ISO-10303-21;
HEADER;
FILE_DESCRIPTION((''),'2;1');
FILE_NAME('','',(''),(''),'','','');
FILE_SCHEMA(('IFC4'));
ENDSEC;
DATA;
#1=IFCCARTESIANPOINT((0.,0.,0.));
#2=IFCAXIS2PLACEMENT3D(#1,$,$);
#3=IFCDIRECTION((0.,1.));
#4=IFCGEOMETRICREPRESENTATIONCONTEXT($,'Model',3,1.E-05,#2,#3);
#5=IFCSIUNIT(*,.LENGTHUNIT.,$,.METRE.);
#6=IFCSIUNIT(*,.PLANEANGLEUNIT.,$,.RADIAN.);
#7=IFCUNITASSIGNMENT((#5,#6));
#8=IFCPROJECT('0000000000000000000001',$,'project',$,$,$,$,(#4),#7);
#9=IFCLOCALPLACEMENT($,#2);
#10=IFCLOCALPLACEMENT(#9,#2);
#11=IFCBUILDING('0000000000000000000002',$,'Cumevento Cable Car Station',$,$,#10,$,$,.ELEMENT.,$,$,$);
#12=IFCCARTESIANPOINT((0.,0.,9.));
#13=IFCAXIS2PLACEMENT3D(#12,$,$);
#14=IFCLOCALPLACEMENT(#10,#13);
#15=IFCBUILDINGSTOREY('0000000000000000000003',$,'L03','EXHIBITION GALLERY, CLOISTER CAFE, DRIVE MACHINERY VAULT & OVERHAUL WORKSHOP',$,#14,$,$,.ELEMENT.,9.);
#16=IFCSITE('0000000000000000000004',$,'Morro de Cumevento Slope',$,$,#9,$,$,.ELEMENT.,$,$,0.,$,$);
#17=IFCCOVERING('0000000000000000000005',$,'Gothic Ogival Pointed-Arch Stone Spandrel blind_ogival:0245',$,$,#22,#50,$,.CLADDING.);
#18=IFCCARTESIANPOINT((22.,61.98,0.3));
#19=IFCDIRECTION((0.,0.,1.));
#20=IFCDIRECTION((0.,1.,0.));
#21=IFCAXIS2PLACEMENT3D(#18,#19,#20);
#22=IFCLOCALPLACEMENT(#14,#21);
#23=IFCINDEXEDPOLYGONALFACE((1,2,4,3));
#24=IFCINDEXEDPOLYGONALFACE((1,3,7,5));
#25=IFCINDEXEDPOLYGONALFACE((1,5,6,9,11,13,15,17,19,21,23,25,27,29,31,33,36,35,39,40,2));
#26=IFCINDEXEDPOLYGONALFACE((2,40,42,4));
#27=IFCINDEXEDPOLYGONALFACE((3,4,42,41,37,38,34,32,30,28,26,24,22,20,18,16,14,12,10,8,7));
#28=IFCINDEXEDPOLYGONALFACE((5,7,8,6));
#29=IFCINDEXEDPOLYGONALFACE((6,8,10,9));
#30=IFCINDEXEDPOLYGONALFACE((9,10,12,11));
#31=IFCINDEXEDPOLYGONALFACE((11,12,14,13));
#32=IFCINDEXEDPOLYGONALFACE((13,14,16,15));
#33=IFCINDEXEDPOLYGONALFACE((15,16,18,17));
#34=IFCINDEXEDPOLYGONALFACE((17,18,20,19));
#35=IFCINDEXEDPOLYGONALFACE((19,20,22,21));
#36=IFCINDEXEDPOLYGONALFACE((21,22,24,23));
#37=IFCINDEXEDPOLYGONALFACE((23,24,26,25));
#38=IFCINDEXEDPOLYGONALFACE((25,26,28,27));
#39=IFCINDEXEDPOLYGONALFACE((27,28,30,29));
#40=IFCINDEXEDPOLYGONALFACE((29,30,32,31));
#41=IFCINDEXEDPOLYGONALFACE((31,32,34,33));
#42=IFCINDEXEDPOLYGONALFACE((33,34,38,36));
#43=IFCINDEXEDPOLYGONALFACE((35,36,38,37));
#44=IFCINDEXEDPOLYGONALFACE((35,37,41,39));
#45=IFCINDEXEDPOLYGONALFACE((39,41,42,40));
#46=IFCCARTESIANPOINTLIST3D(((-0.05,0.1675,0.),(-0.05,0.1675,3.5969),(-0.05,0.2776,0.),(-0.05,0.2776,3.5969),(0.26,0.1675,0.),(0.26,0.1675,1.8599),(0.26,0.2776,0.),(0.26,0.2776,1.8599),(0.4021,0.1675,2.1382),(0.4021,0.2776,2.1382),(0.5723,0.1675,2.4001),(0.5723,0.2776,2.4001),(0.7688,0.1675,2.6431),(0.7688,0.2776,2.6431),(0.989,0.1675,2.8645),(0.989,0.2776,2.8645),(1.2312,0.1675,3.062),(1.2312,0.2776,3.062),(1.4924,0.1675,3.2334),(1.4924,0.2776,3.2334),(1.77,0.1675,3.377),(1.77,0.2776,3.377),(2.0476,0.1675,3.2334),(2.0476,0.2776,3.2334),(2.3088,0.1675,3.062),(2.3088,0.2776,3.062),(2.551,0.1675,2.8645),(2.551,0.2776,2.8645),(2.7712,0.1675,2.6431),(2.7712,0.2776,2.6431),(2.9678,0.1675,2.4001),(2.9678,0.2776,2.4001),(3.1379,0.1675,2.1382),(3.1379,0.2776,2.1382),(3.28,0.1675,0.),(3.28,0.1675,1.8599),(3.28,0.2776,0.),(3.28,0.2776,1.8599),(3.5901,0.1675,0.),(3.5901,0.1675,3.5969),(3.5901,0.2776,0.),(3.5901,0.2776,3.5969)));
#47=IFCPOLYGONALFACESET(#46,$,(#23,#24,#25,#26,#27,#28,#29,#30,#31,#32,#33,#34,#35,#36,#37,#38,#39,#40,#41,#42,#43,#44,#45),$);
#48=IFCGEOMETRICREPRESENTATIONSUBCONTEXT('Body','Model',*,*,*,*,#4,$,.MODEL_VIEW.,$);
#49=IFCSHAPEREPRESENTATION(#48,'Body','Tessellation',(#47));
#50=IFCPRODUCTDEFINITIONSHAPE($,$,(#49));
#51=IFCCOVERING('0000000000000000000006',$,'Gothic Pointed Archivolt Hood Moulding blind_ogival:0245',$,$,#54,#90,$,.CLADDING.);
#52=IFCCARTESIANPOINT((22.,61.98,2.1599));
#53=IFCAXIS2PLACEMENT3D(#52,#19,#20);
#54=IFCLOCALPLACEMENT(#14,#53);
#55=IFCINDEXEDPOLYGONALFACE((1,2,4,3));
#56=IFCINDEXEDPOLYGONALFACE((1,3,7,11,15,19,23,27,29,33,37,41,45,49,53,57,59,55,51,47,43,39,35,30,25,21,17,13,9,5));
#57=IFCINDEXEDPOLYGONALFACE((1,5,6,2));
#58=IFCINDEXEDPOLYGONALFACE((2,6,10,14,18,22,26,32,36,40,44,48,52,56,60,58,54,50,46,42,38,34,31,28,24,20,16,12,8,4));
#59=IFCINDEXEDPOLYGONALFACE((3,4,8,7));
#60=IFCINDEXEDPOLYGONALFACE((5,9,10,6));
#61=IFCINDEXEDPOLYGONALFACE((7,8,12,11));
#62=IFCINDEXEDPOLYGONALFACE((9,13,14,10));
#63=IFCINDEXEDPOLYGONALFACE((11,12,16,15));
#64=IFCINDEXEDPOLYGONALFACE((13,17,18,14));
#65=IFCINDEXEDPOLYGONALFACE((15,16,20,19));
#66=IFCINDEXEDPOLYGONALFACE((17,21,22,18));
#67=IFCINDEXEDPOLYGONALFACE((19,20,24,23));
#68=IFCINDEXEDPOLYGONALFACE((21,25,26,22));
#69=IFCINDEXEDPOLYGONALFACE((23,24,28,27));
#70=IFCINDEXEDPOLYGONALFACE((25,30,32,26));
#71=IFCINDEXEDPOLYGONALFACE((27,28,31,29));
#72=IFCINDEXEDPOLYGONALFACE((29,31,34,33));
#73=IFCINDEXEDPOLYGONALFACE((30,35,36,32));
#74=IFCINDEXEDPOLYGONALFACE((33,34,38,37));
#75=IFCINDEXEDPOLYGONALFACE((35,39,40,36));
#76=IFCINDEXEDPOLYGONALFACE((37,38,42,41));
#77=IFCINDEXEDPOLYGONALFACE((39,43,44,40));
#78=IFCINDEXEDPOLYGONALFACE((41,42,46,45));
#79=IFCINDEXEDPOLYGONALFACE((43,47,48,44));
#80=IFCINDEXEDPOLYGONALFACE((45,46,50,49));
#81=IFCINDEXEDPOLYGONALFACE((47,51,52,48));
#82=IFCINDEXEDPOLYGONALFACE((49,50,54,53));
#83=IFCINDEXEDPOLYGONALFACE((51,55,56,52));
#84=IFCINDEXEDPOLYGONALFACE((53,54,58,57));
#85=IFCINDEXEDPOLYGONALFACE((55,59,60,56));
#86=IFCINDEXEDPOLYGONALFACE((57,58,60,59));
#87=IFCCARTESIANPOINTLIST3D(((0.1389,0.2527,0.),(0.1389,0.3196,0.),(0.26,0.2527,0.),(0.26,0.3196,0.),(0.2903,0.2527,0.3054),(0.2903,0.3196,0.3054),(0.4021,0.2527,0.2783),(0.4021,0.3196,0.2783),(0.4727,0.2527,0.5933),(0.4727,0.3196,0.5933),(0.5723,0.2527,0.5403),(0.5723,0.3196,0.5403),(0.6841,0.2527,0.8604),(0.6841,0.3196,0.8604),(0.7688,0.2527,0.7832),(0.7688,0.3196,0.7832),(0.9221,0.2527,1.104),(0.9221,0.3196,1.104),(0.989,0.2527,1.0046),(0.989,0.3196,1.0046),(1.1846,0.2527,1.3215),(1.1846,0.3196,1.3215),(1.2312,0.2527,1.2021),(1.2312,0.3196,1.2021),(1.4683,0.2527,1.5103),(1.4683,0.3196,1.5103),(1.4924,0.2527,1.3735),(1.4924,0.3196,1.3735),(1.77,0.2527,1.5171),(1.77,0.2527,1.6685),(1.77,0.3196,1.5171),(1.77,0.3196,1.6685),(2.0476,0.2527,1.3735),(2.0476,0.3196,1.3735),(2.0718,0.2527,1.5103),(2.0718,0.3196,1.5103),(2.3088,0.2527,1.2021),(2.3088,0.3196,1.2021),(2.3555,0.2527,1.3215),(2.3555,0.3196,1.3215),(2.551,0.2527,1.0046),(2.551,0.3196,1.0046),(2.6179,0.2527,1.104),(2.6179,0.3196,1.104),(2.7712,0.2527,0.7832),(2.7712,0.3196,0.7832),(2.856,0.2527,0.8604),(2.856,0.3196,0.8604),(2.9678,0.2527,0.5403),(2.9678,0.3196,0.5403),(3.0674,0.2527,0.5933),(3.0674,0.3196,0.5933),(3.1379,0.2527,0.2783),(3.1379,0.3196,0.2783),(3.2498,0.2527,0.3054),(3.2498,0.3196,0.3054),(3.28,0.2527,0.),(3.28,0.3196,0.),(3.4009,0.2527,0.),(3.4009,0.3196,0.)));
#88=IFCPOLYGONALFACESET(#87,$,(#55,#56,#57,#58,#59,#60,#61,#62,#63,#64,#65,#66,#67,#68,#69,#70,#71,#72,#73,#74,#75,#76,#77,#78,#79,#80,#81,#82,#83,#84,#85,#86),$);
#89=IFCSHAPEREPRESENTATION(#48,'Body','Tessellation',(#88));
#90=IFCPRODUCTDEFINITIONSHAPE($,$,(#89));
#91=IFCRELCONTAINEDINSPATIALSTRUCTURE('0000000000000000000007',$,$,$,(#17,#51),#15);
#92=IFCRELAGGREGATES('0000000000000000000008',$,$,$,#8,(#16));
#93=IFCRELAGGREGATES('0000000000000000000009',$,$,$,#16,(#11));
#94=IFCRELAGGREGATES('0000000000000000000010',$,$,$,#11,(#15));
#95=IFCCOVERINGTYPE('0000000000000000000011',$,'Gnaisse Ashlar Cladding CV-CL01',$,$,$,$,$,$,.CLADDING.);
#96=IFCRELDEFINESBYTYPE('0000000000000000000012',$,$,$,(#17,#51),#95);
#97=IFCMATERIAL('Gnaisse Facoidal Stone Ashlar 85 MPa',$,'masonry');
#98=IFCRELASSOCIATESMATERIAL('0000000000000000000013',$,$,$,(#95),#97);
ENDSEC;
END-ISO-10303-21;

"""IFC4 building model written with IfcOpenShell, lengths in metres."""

from ifc_helpers import new_model, si_unit, direction, frame, origin, place, context, subcontext, project, spatial, polyline, outline, extrude, material, type_object, element, save


model = new_model("IFC4")

# Units and contexts
model_context = context("Model", 3, precision=1e-05, world=origin(), true_north=direction((0.0, 1.0)))
body_context = subcontext(model_context, "Body", "Model", "MODEL_VIEW")
ifc_project = project(units=[si_unit("LENGTHUNIT", "METRE"), si_unit("PLANEANGLEUNIT", "RADIAN")], contexts=[model_context])

# Site, building, storey
site_placement = place(None, origin())
site = spatial("IfcSite", under=ifc_project, at=site_placement, Name="Morro de Cumevento Slope", CompositionType="ELEMENT", RefElevation=0.0)
building_placement = place(site_placement, origin())
building = spatial("IfcBuilding", under=site, at=building_placement, Name="Cumevento Cable Car Station", CompositionType="ELEMENT")
storey_placement = place(building_placement, frame((0.0, 0.0, 9.0)))
storey = spatial("IfcBuildingStorey", under=building, at=storey_placement, Name="L03", Description="EXHIBITION GALLERY, CLOISTER CAFE, DRIVE MACHINERY VAULT & OVERHAUL WORKSHOP", CompositionType="ELEMENT", Elevation=9.0)

# Coverings
ifc_material_1 = material(Name="Gnaisse Facoidal Stone Ashlar 85 MPa", Category="masonry")
covering_type = type_object("IfcCoveringType", Name="Gnaisse Ashlar Cladding CV-CL01", PredefinedType="CLADDING", material=ifc_material_1)
covering_1_placement = place(storey_placement, frame((22.0, 61.98, 0.3), z_axis=(0.0, 0.0, 1.0), x_axis=(0.0, 1.0, 0.0)))
element("IfcCovering", 1, at=covering_1_placement, inside=storey, type_object=covering_type, Name="Gothic Ogival Pointed-Arch Stone Spandrel blind_ogival:0245", PredefinedType="CLADDING", context=body_context, shape_type="SweptSolid", body=[
    extrude(outline(polyline([(-0.05, 0.0), (-0.05, 3.5969), (3.5901, 3.5969), (3.5901, 0.0), (3.28, 0.0), (3.28, 1.8599), (3.1379, 2.1382), (2.9678, 2.4001), (2.7712, 2.6431), (2.551, 2.8645), (2.3088, 3.062), (2.0476, 3.2334), (1.77, 3.377), (1.4924, 3.2334), (1.2312, 3.062), (0.989, 2.8645), (0.7688, 2.6431), (0.5723, 2.4001), (0.4021, 2.1382), (0.26, 1.8599), (0.26, 0.0), (-0.05, 0.0)])), frame((0.0, 0.2776, 0.0), z_axis=(0.0, -1.0, 0.0), x_axis=(1.0, 0.0, 0.0)), (0.0, 0.0, 1.0), 0.1101),
])
covering_2_placement = place(storey_placement, frame((22.0, 61.98, 2.1599), z_axis=(0.0, 0.0, 1.0), x_axis=(0.0, 1.0, 0.0)))
element("IfcCovering", 2, at=covering_2_placement, inside=storey, type_object=covering_type, Name="Gothic Pointed Archivolt Hood Moulding blind_ogival:0245", PredefinedType="CLADDING", context=body_context, shape_type="SweptSolid", body=[
    extrude(outline(polyline([(0.26, 0.0), (0.4021, 0.2783), (0.5723, 0.5403), (0.7688, 0.7832), (0.989, 1.0046), (1.2312, 1.2021), (1.4924, 1.3735), (1.77, 1.5171), (2.0476, 1.3735), (2.3088, 1.2021), (2.551, 1.0046), (2.7712, 0.7832), (2.9678, 0.5403), (3.1379, 0.2783), (3.28, 0.0), (3.4009, 0.0), (3.2498, 0.3054), (3.0674, 0.5933), (2.856, 0.8604), (2.6179, 1.104), (2.3555, 1.3215), (2.0718, 1.5103), (1.77, 1.6685), (1.4683, 1.5103), (1.1846, 1.3215), (0.9221, 1.104), (0.6841, 0.8604), (0.4727, 0.5933), (0.2903, 0.3054), (0.1389, 0.0), (0.26, 0.0)])), frame((0.0, 0.3196, 0.0), z_axis=(0.0, -1.0, 0.0), x_axis=(1.0, 0.0, 0.0)), (0.0, 0.0, 1.0), 0.0669),
])

save(model, "model.ifc")
